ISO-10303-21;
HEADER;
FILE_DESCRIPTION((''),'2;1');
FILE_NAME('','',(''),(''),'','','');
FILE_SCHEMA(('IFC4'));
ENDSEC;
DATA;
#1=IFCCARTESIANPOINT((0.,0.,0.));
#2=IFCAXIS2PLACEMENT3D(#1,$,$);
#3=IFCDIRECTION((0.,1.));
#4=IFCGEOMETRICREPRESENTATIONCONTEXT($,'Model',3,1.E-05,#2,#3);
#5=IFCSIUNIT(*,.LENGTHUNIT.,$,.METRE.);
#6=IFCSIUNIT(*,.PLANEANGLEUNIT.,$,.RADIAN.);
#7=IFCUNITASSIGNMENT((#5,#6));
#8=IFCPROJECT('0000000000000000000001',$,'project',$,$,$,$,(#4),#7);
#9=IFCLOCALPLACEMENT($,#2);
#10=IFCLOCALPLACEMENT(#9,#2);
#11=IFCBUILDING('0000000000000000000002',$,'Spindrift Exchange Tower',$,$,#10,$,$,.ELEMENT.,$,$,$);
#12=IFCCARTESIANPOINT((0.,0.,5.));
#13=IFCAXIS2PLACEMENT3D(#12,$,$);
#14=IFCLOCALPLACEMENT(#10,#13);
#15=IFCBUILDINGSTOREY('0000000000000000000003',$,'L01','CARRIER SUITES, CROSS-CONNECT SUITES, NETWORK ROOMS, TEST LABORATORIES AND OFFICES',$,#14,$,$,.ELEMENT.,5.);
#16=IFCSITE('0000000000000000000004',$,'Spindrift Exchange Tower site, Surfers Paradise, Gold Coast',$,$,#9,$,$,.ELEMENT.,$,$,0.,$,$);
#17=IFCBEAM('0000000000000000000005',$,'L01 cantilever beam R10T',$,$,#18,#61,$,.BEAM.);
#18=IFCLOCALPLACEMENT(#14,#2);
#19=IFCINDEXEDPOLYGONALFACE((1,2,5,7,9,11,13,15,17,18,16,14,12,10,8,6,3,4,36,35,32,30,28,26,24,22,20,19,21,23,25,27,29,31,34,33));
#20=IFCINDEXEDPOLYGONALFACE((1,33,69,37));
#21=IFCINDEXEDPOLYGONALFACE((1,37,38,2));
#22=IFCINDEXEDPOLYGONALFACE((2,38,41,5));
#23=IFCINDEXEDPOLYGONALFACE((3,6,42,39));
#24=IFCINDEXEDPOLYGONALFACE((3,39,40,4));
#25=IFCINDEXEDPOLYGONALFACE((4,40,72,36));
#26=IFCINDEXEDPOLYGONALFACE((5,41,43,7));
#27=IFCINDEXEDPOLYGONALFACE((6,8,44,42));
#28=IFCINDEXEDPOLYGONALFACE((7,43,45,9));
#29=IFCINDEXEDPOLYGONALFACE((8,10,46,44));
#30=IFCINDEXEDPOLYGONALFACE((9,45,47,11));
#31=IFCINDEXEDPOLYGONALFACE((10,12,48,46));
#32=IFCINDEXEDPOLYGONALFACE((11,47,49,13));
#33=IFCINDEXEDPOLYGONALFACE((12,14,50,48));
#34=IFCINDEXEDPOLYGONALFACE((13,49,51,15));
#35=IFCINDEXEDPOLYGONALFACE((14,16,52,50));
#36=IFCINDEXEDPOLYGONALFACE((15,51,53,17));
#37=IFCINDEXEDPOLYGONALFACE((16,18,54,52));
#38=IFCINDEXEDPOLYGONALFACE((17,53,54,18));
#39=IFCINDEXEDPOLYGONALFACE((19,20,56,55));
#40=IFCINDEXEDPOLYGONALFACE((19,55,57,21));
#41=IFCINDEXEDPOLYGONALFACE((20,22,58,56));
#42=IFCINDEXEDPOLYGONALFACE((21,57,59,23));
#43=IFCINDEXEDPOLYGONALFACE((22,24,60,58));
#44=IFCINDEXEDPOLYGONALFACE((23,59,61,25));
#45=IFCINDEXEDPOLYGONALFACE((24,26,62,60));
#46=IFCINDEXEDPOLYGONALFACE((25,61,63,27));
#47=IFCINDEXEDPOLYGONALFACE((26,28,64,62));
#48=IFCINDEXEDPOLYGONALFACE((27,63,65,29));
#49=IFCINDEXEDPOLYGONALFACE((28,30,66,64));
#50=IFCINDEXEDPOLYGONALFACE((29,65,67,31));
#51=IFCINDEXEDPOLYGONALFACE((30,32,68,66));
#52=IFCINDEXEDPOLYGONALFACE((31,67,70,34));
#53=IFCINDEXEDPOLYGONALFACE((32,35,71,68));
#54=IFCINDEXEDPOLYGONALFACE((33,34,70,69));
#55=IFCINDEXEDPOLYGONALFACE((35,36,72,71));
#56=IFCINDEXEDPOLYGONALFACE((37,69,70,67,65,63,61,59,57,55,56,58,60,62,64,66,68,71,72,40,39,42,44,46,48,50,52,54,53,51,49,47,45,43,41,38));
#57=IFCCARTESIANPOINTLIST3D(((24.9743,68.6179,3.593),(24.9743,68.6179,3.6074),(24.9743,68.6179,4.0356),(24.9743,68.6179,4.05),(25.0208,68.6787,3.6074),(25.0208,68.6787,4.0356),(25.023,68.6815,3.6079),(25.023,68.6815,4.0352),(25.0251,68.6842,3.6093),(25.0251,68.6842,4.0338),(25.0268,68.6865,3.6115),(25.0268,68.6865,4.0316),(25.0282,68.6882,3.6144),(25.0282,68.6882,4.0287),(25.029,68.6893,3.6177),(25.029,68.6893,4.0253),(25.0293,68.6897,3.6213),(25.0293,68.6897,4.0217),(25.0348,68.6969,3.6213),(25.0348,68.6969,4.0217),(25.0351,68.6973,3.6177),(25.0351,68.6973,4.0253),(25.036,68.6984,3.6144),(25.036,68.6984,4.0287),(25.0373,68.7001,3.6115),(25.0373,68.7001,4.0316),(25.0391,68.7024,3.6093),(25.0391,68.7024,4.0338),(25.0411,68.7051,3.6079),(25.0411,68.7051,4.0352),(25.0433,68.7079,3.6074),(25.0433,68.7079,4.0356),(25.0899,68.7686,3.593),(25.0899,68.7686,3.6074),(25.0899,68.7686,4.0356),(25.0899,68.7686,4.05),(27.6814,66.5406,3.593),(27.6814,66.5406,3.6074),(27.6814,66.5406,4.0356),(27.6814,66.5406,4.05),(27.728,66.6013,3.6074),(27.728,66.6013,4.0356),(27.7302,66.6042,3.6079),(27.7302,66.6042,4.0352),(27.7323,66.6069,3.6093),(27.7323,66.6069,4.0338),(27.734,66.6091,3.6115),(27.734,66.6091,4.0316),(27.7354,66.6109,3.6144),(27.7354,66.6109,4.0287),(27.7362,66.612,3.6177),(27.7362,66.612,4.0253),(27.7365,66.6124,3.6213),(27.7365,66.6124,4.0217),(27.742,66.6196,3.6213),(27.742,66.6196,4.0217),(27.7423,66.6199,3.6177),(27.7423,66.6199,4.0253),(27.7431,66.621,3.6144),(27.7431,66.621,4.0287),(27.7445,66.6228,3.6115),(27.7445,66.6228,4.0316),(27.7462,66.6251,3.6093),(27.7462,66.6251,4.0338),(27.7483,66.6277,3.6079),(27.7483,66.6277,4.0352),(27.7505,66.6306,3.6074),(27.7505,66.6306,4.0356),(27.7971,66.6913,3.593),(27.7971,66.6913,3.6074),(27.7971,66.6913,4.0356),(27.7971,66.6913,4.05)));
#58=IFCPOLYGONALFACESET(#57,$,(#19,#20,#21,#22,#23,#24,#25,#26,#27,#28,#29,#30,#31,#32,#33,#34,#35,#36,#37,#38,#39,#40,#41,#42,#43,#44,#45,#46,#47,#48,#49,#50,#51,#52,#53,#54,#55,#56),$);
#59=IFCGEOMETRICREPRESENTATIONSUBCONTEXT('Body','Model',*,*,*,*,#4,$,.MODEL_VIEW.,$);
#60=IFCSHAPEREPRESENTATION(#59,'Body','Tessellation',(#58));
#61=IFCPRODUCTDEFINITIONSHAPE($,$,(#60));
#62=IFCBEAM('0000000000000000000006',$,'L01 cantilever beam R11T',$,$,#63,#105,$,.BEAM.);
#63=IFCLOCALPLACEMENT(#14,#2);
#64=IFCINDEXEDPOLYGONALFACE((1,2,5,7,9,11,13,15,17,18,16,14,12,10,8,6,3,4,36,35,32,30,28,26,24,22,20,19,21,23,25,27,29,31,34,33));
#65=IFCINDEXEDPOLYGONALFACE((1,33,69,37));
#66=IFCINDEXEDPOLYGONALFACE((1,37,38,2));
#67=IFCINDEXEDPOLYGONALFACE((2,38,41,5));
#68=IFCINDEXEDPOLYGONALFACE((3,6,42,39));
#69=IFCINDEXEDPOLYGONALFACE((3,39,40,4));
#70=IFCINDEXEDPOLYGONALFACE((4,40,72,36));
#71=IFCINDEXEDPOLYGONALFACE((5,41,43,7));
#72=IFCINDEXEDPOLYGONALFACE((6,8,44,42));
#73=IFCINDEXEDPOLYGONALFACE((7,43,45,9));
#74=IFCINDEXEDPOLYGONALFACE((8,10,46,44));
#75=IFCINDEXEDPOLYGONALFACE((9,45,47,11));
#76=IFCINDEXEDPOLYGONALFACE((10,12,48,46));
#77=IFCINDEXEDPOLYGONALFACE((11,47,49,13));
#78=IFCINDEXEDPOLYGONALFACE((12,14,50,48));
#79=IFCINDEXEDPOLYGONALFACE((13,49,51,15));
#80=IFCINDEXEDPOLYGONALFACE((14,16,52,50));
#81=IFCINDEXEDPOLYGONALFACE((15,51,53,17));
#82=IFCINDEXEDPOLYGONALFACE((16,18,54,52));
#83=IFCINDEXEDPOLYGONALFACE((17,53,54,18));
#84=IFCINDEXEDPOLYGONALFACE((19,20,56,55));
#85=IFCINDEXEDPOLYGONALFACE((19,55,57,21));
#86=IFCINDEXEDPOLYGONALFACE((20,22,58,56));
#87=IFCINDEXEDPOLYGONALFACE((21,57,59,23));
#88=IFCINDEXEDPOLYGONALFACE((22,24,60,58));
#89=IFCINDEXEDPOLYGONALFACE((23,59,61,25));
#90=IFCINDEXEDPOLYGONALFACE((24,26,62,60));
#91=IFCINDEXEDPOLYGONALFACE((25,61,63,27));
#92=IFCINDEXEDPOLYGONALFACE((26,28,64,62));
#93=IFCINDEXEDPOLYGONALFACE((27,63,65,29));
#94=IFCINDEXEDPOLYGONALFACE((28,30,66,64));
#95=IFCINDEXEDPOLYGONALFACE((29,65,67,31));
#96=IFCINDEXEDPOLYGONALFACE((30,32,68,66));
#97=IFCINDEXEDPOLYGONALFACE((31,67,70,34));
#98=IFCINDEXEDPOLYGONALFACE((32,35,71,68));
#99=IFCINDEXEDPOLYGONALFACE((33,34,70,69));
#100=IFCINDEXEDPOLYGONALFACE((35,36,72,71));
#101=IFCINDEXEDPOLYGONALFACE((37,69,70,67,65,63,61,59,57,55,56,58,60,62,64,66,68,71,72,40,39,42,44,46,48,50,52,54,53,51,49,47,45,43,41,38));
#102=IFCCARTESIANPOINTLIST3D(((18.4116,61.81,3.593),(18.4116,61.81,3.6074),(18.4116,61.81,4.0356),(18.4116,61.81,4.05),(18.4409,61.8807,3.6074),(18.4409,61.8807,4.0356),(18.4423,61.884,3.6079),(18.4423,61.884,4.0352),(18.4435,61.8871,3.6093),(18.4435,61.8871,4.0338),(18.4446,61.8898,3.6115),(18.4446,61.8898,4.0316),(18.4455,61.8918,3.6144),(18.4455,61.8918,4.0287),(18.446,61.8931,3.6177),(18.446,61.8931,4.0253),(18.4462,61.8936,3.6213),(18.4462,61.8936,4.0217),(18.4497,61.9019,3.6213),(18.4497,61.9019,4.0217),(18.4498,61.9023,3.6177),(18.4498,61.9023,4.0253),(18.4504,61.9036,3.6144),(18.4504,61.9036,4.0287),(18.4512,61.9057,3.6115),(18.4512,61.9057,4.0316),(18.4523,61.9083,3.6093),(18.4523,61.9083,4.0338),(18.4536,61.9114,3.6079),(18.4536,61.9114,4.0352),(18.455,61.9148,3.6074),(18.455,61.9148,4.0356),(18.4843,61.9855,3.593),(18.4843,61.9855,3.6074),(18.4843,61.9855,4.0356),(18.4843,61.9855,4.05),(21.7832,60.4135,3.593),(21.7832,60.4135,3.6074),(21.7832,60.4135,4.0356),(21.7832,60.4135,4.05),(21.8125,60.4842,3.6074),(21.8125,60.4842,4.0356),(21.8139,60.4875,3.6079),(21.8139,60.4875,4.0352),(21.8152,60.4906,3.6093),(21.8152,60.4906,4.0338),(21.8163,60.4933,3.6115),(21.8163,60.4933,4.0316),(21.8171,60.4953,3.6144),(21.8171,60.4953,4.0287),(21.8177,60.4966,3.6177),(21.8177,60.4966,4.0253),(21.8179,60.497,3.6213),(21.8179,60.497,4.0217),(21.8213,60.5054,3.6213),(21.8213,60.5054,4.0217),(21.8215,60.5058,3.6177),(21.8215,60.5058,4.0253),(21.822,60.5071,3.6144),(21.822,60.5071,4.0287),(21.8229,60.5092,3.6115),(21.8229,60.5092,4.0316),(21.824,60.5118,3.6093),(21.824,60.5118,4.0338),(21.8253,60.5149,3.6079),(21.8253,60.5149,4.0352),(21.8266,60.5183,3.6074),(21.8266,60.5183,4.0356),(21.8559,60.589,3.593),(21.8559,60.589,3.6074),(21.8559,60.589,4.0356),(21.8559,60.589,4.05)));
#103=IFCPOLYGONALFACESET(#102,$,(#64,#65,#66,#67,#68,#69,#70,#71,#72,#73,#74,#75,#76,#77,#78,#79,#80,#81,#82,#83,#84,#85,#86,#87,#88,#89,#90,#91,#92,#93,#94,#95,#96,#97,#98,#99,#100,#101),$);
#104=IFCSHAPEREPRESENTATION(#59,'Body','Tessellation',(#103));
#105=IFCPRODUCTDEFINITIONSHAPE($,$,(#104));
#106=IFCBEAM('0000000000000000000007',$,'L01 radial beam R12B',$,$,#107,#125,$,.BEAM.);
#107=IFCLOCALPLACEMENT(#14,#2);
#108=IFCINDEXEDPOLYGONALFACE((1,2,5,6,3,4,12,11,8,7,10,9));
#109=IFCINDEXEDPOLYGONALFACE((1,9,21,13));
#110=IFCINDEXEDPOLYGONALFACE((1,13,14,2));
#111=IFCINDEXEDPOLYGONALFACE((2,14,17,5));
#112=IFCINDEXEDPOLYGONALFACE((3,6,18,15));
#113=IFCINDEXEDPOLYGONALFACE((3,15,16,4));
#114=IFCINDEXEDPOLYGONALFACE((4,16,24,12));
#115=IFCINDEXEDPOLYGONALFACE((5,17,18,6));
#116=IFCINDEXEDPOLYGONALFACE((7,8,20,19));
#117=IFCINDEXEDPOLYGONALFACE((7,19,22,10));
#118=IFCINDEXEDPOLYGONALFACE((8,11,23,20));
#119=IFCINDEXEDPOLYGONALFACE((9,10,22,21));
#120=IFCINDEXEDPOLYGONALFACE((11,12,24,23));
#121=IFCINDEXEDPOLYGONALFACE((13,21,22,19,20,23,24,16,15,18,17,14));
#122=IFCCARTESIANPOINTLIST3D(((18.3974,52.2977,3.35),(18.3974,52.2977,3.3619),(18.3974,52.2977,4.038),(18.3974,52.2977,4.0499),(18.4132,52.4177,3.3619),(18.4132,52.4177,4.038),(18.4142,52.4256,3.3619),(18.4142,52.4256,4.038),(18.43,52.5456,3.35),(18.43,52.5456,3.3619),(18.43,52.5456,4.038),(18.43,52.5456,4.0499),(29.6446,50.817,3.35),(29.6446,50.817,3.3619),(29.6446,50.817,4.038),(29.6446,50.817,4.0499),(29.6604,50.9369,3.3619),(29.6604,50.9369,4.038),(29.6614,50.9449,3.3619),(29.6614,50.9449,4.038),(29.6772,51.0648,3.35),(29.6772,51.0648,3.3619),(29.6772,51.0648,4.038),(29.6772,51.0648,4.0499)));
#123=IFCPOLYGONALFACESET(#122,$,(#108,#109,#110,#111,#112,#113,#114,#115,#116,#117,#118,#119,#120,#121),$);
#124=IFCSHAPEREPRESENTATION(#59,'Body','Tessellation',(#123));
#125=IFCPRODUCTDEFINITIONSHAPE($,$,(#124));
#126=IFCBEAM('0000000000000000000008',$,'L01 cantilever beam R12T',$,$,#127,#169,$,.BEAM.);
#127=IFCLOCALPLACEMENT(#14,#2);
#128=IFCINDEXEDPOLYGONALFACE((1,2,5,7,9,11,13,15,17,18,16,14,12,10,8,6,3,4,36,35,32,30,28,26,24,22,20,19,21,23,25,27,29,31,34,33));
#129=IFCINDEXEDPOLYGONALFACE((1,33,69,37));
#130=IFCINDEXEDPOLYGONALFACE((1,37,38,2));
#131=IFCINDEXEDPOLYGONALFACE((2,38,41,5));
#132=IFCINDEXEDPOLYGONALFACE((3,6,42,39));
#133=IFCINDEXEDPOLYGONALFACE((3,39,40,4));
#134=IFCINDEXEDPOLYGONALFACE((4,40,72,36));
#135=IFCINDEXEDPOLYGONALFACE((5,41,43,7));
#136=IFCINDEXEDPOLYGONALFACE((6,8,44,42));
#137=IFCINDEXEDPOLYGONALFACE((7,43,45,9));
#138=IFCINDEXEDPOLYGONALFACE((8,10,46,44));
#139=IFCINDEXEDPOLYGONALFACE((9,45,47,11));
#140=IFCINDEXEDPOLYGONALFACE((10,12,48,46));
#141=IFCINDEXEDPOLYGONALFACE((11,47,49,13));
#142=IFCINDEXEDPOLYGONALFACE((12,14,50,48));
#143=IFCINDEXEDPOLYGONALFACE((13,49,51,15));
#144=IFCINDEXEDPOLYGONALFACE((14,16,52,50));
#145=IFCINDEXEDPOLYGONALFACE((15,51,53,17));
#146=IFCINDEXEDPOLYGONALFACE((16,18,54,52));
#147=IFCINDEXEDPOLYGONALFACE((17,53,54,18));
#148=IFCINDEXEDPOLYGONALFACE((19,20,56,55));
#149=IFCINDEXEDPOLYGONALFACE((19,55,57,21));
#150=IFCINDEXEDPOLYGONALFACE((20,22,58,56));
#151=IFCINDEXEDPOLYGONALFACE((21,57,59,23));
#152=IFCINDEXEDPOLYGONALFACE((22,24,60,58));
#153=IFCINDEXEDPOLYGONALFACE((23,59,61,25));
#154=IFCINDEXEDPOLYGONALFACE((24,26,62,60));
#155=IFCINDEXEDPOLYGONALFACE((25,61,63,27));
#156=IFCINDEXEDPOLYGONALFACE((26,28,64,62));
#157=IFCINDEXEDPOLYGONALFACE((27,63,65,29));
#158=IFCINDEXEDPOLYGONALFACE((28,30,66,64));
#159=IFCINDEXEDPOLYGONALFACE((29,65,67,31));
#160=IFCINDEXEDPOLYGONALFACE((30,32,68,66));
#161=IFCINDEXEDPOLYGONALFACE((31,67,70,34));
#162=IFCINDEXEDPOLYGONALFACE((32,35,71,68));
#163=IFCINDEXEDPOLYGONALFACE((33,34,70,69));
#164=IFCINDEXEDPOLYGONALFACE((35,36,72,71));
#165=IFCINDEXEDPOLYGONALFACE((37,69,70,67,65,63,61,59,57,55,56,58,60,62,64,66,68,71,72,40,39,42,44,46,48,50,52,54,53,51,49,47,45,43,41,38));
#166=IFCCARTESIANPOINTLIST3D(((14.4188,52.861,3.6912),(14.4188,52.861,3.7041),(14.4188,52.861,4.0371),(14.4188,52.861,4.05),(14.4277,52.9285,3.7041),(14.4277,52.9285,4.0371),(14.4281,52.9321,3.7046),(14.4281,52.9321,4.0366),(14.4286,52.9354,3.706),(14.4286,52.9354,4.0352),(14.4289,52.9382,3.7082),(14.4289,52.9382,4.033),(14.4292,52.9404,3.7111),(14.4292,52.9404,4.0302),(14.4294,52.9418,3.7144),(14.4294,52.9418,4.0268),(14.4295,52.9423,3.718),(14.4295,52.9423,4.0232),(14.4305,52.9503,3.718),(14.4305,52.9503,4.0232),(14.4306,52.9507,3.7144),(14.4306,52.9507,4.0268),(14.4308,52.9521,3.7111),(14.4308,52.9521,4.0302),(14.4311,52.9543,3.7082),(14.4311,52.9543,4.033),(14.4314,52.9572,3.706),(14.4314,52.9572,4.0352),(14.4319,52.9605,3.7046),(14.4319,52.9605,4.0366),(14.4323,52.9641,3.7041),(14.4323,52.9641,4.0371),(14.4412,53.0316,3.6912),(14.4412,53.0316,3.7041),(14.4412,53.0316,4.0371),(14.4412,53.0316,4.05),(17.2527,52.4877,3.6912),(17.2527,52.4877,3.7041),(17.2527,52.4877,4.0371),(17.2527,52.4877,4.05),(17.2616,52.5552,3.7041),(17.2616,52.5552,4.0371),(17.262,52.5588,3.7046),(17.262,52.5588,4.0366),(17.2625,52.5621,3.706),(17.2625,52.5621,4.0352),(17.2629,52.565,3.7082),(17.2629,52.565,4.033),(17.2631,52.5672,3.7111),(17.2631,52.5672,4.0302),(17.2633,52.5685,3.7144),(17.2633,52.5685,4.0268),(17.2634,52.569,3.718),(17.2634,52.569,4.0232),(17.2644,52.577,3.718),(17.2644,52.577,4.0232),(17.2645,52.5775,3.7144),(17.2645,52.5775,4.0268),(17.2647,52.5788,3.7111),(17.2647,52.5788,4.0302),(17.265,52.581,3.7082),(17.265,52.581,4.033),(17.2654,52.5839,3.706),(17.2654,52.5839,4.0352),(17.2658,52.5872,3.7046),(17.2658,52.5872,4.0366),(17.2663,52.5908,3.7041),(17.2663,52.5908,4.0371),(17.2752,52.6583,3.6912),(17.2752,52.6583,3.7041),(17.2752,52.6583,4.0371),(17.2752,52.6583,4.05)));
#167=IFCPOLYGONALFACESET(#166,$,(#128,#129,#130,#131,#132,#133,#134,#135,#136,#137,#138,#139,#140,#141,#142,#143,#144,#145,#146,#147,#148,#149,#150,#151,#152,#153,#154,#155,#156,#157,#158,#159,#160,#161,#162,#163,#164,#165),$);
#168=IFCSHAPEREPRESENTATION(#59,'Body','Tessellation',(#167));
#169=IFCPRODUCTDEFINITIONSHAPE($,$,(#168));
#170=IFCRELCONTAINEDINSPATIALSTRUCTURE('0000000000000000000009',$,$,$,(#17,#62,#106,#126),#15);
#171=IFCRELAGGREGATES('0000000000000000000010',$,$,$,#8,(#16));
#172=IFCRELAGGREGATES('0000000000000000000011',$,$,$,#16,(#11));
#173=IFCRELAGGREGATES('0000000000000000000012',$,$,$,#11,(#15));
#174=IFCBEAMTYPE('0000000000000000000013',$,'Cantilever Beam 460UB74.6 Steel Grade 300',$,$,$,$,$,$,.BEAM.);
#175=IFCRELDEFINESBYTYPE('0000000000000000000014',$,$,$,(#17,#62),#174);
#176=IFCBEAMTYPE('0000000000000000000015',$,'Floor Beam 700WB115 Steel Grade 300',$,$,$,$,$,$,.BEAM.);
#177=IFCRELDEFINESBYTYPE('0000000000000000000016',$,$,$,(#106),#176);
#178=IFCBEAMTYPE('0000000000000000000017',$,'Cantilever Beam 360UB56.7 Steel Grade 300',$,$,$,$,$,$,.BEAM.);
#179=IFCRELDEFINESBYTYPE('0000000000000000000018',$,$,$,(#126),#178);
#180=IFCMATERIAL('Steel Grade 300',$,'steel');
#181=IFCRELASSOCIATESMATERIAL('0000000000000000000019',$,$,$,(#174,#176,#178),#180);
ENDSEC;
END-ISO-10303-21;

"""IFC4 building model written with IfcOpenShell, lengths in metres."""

from ifc_helpers import new_model, si_unit, direction, frame, origin, origin_2d, place, context, subcontext, project, spatial, i_section, extrude, source, transform, mapped, material, material_profile, profile_set, type_object, element, save


model = new_model("IFC4")

# Units and contexts
model_context = context("Model", 3, precision=1e-05, world=origin(), true_north=direction((0.0, 1.0)))
body_context = subcontext(model_context, "Body", "Model", "MODEL_VIEW")
ifc_project = project(units=[si_unit("LENGTHUNIT", "METRE"), si_unit("PLANEANGLEUNIT", "RADIAN")], contexts=[model_context])

# Site, building, storey
site_placement = place(None, origin())
site = spatial("IfcSite", under=ifc_project, at=site_placement, Name="Spindrift Exchange Tower site, Surfers Paradise, Gold Coast", CompositionType="ELEMENT", RefElevation=0.0)
building_placement = place(site_placement, origin())
building = spatial("IfcBuilding", under=site, at=building_placement, Name="Spindrift Exchange Tower", CompositionType="ELEMENT")
storey_placement = place(building_placement, frame((0.0, 0.0, 5.0)))
storey = spatial("IfcBuildingStorey", under=building, at=storey_placement, Name="L01", Description="CARRIER SUITES, CROSS-CONNECT SUITES, NETWORK ROOMS, TEST LABORATORIES AND OFFICES", CompositionType="ELEMENT", Elevation=5.0)

# Beams
ifc_material_1 = material(Name="Steel Grade 300", Category="steel")
ifc_material_profile_1 = material_profile(ifc_material_1, i_section(OverallWidth=0.1899, OverallDepth=0.457, WebThickness=0.009, FlangeThickness=0.0144, FilletRadius=0.0139, at=origin_2d()), Name="460UB74.6")
ifc_profile_set_1 = profile_set([ifc_material_profile_1], Name="Steel Grade 300")
beam_type_1 = type_object("IfcBeamType", Name="Cantilever Beam 460UB74.6 Steel Grade 300", PredefinedType="BEAM", material=ifc_profile_set_1)
shared_shape_1 = source(origin(), body_context, "Body", "SweptSolid", [
    extrude(i_section(OverallWidth=0.1899, OverallDepth=0.457, WebThickness=0.009, FlangeThickness=0.0144, FilletRadius=0.0139, at=origin_2d()), origin(), (0.0, 0.0, 1.0), 3.4124),
])
beam_1_placement = place(storey_placement, frame((27.7393, 66.616, 3.8215), z_axis=(-0.79335, 0.608766, 0.0), x_axis=(-0.608766, -0.79335, 0.0)))
element("IfcBeam", 1, at=beam_1_placement, inside=storey, type_object=beam_type_1, Name="L01 cantilever beam R10T", PredefinedType="BEAM", context=body_context, shape_type="MappedRepresentation", body=[
    mapped(shared_shape_1, transform((0.0, 0.0, 0.0), scale=1.0)),
])
shared_shape_2 = source(origin(), body_context, "Body", "SweptSolid", [
    extrude(i_section(OverallWidth=0.1899, OverallDepth=0.457, WebThickness=0.009, FlangeThickness=0.0144, FilletRadius=0.0139, at=origin_2d()), origin(), (0.0, 0.0, 1.0), 3.6494),
])
beam_2_placement = place(storey_placement, frame((21.8196, 60.5012, 3.8215), z_axis=(-0.923886, 0.382667, 0.0), x_axis=(-0.382667, -0.923886, 0.0)))
element("IfcBeam", 2, at=beam_2_placement, inside=storey, type_object=beam_type_1, Name="L01 cantilever beam R11T", PredefinedType="BEAM", context=body_context, shape_type="MappedRepresentation", body=[
    mapped(shared_shape_2, transform((0.0, 0.0, 0.0), scale=1.0)),
])
ifc_material_profile_2 = material_profile(ifc_material_1, i_section(OverallWidth=0.25, OverallDepth=0.7, WebThickness=0.0081, FlangeThickness=0.012, at=origin_2d()), Name="700WB115")
ifc_profile_set_2 = profile_set([ifc_material_profile_2], Name="Steel Grade 300")
beam_type_2 = type_object("IfcBeamType", Name="Floor Beam 700WB115 Steel Grade 300", PredefinedType="BEAM", material=ifc_profile_set_2)
shared_shape_3 = source(origin(), body_context, "Body", "SweptSolid", [
    extrude(i_section(OverallWidth=0.25, OverallDepth=0.7, WebThickness=0.0081, FlangeThickness=0.012, at=origin_2d()), origin(), (0.0, 0.0, 1.0), 11.3442),
])
beam_3_placement = place(storey_placement, frame((29.6609, 50.9409, 3.7), z_axis=(-0.991445, 0.130527, 0.0), x_axis=(-0.130527, -0.991445, 0.0)))
element("IfcBeam", 3, at=beam_3_placement, inside=storey, type_object=beam_type_2, Name="L01 radial beam R12B", PredefinedType="BEAM", context=body_context, shape_type="MappedRepresentation", body=[
    mapped(shared_shape_3, transform((0.0, 0.0, 0.0), scale=1.0)),
])
ifc_material_profile_3 = material_profile(ifc_material_1, i_section(OverallWidth=0.1721, OverallDepth=0.3589, WebThickness=0.0081, FlangeThickness=0.0129, FilletRadius=0.0139, at=origin_2d()), Name="360UB56.7")
ifc_profile_set_3 = profile_set([ifc_material_profile_3], Name="Steel Grade 300")
beam_type_3 = type_object("IfcBeamType", Name="Cantilever Beam 360UB56.7 Steel Grade 300", PredefinedType="BEAM", material=ifc_profile_set_3)
shared_shape_4 = source(origin(), body_context, "Body", "SweptSolid", [
    extrude(i_section(OverallWidth=0.1721, OverallDepth=0.3589, WebThickness=0.0081, FlangeThickness=0.0129, FilletRadius=0.0139, at=origin_2d()), origin(), (0.0, 0.0, 1.0), 2.8584),
])
beam_4_placement = place(storey_placement, frame((17.2639, 52.573, 3.8706), z_axis=(-0.991436, 0.130591, 0.0), x_axis=(-0.130591, -0.991436, 0.0)))
element("IfcBeam", 4, at=beam_4_placement, inside=storey, type_object=beam_type_3, Name="L01 cantilever beam R12T", PredefinedType="BEAM", context=body_context, shape_type="MappedRepresentation", body=[
    mapped(shared_shape_4, transform((0.0, 0.0, 0.0), scale=1.0)),
])

save(model, "model.ifc")
